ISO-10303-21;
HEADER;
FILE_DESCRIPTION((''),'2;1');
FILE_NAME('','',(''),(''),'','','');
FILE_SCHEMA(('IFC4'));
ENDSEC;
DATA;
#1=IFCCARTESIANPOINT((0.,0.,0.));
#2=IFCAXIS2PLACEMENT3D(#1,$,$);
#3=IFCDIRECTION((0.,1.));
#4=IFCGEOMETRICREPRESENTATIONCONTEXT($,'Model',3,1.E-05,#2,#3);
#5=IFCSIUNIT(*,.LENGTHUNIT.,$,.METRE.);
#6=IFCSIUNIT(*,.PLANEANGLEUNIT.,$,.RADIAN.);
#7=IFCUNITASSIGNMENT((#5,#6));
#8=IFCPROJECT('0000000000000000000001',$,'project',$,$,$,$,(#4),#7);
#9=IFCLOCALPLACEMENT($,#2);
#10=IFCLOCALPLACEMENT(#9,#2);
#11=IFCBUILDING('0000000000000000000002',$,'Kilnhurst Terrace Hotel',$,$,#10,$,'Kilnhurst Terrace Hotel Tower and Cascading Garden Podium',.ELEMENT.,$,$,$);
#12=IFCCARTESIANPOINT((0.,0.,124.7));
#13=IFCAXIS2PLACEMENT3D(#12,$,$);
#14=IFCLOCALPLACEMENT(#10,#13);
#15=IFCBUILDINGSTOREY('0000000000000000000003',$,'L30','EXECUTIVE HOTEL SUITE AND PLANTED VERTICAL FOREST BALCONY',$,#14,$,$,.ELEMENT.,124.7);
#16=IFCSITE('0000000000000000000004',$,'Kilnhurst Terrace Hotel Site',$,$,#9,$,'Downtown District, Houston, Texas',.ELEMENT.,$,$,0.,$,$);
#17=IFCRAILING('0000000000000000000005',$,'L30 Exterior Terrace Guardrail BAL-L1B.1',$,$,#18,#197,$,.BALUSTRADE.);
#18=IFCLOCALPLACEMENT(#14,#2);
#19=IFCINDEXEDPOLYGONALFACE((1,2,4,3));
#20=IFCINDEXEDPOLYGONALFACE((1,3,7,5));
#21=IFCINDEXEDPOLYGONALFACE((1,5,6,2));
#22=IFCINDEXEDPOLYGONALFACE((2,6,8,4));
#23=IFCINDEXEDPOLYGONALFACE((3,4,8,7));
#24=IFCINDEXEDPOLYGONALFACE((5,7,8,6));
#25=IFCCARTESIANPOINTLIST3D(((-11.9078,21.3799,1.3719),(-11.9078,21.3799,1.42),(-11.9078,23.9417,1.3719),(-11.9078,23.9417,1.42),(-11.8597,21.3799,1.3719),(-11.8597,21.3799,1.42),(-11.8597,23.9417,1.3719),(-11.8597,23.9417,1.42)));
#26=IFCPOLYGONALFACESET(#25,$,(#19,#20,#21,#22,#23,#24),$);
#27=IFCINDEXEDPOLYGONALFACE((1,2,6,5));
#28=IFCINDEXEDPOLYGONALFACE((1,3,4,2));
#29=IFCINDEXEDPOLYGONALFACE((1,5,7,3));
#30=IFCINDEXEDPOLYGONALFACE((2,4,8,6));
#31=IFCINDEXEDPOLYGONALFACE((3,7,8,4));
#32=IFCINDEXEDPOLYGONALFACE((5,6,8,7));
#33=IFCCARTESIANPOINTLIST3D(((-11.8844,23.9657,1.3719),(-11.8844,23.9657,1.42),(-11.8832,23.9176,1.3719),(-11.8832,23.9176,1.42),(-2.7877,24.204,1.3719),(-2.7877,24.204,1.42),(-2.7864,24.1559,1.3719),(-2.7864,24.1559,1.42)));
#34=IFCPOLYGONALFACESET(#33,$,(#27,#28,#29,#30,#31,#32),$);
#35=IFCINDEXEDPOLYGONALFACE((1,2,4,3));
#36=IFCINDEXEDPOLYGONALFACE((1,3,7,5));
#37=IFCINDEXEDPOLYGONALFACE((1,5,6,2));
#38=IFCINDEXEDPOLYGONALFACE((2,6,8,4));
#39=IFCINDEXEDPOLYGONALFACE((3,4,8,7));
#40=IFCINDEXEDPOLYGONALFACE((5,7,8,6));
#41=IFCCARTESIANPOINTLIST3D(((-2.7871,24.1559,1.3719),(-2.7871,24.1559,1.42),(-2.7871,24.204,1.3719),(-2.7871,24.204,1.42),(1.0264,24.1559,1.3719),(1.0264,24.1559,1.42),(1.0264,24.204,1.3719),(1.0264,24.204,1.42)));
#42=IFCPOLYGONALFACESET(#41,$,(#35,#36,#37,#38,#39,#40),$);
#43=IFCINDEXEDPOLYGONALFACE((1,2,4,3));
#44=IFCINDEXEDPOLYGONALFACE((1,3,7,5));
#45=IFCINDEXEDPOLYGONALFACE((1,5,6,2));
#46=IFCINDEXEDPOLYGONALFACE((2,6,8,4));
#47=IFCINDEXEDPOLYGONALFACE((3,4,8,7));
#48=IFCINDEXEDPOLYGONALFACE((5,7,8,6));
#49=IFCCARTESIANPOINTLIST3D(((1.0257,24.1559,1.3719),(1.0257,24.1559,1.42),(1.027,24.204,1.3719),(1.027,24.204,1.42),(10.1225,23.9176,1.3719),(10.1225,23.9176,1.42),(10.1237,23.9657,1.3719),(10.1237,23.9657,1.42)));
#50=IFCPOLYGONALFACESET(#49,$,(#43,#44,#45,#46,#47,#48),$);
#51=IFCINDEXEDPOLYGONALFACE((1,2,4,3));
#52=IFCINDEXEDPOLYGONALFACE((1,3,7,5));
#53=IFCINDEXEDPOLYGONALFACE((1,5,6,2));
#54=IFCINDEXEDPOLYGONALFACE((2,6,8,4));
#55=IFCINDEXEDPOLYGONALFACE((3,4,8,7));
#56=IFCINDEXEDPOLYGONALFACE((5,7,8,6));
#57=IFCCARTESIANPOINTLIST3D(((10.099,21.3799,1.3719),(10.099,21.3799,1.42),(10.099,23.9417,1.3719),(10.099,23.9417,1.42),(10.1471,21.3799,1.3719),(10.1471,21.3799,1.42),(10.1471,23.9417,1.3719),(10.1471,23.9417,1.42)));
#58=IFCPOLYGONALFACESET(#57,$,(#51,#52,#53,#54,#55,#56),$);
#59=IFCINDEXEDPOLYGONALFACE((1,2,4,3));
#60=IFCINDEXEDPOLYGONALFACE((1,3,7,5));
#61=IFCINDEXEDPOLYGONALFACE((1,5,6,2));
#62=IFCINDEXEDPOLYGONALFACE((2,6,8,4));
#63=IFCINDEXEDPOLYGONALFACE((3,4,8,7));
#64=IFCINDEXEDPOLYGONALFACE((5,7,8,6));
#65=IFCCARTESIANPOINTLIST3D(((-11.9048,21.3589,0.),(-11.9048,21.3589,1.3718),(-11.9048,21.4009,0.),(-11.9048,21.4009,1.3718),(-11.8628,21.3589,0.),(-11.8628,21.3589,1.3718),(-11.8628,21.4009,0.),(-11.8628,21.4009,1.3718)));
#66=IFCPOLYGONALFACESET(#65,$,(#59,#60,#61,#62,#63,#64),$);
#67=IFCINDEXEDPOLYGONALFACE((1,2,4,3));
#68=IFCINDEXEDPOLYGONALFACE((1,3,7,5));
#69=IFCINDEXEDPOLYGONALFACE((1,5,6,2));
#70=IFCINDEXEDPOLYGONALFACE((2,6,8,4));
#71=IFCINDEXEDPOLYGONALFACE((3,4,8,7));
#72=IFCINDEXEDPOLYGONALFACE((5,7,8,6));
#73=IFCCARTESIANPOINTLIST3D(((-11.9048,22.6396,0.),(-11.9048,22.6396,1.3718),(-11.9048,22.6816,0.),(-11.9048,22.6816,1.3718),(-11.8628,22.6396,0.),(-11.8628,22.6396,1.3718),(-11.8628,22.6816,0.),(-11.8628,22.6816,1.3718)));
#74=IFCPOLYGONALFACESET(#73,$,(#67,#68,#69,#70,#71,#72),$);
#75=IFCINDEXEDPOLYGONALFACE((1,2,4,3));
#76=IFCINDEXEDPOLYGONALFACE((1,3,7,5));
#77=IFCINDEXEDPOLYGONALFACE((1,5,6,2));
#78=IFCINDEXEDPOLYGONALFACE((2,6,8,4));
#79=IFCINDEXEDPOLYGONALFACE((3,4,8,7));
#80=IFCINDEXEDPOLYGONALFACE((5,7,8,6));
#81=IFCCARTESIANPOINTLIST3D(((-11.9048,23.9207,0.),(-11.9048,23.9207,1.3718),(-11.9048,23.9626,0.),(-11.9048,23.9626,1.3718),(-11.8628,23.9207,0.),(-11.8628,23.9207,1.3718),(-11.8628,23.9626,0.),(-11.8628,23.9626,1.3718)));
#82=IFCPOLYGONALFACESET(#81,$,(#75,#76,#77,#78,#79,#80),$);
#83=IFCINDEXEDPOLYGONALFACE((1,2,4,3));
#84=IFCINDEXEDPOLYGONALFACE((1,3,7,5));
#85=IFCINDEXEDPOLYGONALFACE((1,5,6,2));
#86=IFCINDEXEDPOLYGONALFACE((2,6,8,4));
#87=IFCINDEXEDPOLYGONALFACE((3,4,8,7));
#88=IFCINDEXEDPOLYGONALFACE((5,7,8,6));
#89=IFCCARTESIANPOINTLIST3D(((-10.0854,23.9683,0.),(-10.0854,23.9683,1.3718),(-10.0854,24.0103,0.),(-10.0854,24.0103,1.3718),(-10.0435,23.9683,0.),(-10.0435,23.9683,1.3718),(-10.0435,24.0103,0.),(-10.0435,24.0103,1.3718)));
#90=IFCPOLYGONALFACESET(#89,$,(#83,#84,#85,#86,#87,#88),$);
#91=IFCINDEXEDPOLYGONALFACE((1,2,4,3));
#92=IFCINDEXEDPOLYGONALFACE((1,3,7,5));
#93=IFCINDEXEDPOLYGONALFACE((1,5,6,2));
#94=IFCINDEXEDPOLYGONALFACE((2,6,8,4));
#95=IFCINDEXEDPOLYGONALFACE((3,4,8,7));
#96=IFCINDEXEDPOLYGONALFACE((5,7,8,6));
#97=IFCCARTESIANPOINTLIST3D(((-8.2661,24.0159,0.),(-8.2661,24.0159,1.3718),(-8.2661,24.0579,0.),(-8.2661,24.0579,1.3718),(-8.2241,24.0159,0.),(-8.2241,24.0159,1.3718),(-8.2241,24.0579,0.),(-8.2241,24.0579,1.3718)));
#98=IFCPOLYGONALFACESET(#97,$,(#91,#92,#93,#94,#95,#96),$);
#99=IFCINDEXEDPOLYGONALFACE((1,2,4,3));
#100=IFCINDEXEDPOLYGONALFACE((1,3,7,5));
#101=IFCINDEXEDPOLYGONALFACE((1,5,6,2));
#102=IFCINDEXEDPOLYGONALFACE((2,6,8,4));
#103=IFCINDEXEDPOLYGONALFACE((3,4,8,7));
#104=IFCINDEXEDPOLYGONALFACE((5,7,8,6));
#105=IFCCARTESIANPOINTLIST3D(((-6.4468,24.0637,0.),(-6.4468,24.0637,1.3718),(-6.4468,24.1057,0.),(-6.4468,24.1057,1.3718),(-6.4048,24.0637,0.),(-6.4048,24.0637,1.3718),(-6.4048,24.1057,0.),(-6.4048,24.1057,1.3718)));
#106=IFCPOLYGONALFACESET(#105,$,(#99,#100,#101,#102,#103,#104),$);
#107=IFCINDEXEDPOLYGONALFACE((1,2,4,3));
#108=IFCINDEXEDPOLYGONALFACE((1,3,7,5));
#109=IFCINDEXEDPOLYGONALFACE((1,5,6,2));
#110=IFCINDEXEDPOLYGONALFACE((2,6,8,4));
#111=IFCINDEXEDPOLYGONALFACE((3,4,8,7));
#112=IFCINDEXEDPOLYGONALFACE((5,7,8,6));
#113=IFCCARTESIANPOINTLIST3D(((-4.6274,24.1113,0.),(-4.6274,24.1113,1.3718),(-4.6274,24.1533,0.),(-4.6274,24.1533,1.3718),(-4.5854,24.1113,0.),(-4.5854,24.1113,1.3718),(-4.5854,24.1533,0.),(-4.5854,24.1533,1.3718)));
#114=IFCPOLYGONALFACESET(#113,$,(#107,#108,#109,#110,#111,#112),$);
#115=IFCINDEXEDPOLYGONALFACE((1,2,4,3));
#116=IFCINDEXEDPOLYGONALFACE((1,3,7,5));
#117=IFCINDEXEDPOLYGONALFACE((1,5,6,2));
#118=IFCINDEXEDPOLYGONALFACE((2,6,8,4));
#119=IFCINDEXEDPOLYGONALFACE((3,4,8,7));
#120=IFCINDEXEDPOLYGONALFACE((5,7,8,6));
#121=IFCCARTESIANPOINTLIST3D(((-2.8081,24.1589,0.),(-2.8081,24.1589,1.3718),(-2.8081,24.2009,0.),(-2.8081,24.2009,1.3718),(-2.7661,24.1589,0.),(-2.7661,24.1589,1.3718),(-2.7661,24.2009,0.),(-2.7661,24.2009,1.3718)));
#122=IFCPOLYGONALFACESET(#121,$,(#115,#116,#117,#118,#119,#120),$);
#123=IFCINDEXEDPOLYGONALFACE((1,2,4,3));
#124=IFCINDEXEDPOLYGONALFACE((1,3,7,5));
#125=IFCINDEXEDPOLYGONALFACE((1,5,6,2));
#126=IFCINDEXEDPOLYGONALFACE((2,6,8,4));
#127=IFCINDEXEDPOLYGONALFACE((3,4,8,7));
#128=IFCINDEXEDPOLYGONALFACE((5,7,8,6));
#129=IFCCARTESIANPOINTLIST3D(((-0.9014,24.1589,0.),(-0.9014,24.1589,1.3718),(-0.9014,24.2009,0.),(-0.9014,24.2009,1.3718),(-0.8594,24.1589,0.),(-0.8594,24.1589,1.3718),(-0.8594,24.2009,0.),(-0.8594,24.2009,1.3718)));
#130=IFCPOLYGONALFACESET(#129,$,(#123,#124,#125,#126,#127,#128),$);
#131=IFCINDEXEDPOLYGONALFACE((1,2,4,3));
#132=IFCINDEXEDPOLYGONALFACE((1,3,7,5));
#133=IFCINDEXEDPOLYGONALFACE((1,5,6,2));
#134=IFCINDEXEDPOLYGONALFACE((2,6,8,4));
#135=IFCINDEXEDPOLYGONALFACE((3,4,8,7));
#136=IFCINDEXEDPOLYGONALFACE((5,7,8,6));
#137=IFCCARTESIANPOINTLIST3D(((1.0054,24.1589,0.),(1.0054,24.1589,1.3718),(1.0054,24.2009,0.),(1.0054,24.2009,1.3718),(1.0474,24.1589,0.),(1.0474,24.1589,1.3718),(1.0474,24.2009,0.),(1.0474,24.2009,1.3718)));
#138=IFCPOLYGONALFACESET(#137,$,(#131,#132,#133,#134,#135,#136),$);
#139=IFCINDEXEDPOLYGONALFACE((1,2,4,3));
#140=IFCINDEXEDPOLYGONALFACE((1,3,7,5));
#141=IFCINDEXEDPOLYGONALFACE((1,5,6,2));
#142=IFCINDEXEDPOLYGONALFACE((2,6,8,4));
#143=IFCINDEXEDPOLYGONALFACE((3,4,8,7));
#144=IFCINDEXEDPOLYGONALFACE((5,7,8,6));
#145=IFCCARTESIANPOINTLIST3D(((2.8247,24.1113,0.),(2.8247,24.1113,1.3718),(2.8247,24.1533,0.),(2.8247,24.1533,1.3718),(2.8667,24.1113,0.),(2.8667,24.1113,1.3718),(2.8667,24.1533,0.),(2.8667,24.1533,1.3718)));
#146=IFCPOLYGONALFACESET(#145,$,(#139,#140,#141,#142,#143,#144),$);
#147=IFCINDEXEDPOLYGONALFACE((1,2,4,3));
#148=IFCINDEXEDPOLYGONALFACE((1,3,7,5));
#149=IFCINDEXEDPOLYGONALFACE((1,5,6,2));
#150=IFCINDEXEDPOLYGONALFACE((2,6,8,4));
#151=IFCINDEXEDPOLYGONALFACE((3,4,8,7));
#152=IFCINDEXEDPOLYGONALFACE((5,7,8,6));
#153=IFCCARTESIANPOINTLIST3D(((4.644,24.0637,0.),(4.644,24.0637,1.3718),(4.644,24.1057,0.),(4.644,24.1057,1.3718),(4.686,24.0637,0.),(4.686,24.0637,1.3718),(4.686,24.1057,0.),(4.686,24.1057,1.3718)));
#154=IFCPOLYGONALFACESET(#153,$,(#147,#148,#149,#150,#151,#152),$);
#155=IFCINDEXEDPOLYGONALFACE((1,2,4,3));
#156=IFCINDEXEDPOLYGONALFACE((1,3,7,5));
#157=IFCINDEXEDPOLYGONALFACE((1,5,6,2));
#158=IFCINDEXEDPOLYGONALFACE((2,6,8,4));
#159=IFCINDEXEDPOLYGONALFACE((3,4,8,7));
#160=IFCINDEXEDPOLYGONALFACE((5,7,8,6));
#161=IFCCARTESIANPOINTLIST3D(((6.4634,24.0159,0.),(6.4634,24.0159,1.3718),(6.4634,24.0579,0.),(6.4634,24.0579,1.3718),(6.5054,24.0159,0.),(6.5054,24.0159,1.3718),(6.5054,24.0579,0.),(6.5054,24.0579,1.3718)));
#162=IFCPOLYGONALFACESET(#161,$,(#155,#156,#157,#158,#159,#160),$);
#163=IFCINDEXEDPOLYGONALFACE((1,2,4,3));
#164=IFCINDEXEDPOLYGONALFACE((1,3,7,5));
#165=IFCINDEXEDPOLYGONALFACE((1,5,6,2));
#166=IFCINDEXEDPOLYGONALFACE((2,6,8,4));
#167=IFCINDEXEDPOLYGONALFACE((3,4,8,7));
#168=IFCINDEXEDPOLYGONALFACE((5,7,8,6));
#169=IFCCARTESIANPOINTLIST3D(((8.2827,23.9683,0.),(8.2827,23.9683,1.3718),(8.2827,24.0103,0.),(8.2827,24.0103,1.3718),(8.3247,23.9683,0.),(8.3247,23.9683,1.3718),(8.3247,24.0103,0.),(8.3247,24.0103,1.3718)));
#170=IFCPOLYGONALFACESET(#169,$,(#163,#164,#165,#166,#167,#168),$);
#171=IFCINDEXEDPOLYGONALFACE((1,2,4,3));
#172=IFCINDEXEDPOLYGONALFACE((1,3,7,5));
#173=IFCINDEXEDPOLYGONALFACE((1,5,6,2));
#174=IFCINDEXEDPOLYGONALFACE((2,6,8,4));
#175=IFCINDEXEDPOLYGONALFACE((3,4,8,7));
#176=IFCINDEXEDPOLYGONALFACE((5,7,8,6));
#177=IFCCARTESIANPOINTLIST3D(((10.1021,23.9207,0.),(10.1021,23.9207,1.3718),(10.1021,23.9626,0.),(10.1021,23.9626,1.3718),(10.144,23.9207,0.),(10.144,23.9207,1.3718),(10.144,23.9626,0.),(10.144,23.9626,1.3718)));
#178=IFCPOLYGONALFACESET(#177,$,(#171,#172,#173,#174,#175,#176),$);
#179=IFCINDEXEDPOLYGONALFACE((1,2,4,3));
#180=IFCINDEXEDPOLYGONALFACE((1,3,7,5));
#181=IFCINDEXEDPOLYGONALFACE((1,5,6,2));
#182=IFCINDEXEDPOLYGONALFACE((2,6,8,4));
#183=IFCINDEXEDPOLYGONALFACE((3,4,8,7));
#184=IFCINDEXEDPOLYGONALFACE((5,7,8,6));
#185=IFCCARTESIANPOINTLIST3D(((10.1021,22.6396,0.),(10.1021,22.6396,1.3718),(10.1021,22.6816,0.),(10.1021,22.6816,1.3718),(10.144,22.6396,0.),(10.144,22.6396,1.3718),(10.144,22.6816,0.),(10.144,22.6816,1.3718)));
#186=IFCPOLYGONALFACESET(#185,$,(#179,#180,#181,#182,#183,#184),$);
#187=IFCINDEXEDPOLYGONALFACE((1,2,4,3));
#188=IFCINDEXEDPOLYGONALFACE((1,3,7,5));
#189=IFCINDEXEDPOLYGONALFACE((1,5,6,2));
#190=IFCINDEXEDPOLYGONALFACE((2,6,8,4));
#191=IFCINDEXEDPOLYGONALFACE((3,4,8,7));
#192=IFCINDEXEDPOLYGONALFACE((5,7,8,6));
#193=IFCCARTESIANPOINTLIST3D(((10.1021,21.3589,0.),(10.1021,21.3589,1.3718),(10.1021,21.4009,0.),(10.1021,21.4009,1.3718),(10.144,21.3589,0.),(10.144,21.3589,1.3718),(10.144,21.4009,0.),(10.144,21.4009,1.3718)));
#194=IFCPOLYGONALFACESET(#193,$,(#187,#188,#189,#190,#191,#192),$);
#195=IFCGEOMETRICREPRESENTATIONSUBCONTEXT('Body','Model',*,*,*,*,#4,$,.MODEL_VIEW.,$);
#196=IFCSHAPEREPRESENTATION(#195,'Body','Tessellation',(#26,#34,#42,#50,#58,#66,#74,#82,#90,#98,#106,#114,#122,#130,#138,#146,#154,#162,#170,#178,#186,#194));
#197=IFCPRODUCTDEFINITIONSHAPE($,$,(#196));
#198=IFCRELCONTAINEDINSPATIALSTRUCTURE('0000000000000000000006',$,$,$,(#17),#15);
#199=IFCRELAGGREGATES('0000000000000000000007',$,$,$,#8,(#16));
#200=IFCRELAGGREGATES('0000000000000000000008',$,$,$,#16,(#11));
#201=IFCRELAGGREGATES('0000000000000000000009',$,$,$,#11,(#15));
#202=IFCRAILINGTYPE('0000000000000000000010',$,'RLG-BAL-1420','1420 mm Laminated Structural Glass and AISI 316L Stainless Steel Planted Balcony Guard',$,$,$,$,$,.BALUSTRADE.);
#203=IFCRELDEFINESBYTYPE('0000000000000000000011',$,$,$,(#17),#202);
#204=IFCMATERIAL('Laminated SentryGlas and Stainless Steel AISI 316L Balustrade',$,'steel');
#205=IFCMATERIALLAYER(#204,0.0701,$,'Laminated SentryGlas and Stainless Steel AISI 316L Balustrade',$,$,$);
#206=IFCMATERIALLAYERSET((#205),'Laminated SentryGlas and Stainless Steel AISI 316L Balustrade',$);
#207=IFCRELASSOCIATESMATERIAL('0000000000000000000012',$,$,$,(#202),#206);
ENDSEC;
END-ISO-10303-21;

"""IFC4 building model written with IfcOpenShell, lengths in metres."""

from ifc_helpers import new_model, si_unit, direction, frame, origin, origin_2d, place, context, subcontext, project, spatial, rectangle, extrude, material, layer, layer_set, type_object, element, save


model = new_model("IFC4")

# Units and contexts
model_context = context("Model", 3, precision=1e-05, world=origin(), true_north=direction((0.0, 1.0)))
body_context = subcontext(model_context, "Body", "Model", "MODEL_VIEW")
ifc_project = project(units=[si_unit("LENGTHUNIT", "METRE"), si_unit("PLANEANGLEUNIT", "RADIAN")], contexts=[model_context])

# Site, building, storey
site_placement = place(None, origin())
site = spatial("IfcSite", under=ifc_project, at=site_placement, Name="Kilnhurst Terrace Hotel Site", LongName="Downtown District, Houston, Texas", CompositionType="ELEMENT", RefElevation=0.0)
building_placement = place(site_placement, origin())
building = spatial("IfcBuilding", under=site, at=building_placement, Name="Kilnhurst Terrace Hotel", LongName="Kilnhurst Terrace Hotel Tower and Cascading Garden Podium", CompositionType="ELEMENT")
storey_placement = place(building_placement, frame((0.0, 0.0, 124.7)))
storey = spatial("IfcBuildingStorey", under=building, at=storey_placement, Name="L30", Description="EXECUTIVE HOTEL SUITE AND PLANTED VERTICAL FOREST BALCONY", CompositionType="ELEMENT", Elevation=124.7)

# Railing
ifc_material_1 = material(Name="Laminated SentryGlas and Stainless Steel AISI 316L Balustrade", Category="steel")
ifc_layer_1 = layer(ifc_material_1, 0.0701, Name="Laminated SentryGlas and Stainless Steel AISI 316L Balustrade")
ifc_layer_set_1 = layer_set([ifc_layer_1], Name="Laminated SentryGlas and Stainless Steel AISI 316L Balustrade")
railing_type = type_object("IfcRailingType", Name="RLG-BAL-1420", Description="1420 mm Laminated Structural Glass and AISI 316L Stainless Steel Planted Balcony Guard", PredefinedType="BALUSTRADE", material=ifc_layer_set_1)
railing_placement = place(storey_placement, frame((-11.8838, 21.3799, 0.0)))
element("IfcRailing", 1, at=railing_placement, inside=storey, type_object=railing_type, Name="L30 Exterior Terrace Guardrail BAL-L1B.1", PredefinedType="BALUSTRADE", context=body_context, shape_type="SweptSolid", body=[
    extrude(rectangle(XDim=0.0481, YDim=0.0481, at=origin_2d()), frame((0.0, 0.0, 1.396), z_axis=(0.0, 1.0, 0.0), x_axis=(-1.0, 0.0, 0.0)), (0.0, 0.0, 1.0), 2.5618),
    extrude(rectangle(XDim=0.0481, YDim=0.0481, at=origin_2d()), frame((0.0, 2.5618, 1.396), z_axis=(0.999657, 0.026185, 0.0), x_axis=(-0.026185, 0.999657, 0.0)), (0.0, 0.0, 1.0), 9.0999),
    extrude(rectangle(XDim=0.0481, YDim=0.0481, at=origin_2d()), frame((9.0967, 2.8, 1.396), z_axis=(1.0, 0.0, 0.0), x_axis=(0.0, 1.0, 0.0)), (0.0, 0.0, 1.0), 3.8135),
    extrude(rectangle(XDim=0.0481, YDim=0.0481, at=origin_2d()), frame((12.9102, 2.8, 1.396), z_axis=(0.999657, -0.026185, 0.0), x_axis=(0.026185, 0.999657, 0.0)), (0.0, 0.0, 1.0), 9.0999),
    extrude(rectangle(XDim=0.0481, YDim=0.0481, at=origin_2d()), frame((22.0068, 2.5618, 1.396), z_axis=(0.0, -1.0, 0.0), x_axis=(1.0, 0.0, 0.0)), (0.0, 0.0, 1.0), 2.5618),
    extrude(rectangle(XDim=0.042, YDim=0.042, at=origin_2d()), origin(), (0.0, 0.0, 1.0), 1.3718),
    extrude(rectangle(XDim=0.042, YDim=0.042, at=origin_2d()), frame((0.0, 1.2808, 0.0)), (0.0, 0.0, 1.0), 1.3718),
    extrude(rectangle(XDim=0.042, YDim=0.042, at=origin_2d()), frame((0.0, 2.5618, 0.0)), (0.0, 0.0, 1.0), 1.3718),
    extrude(rectangle(XDim=0.042, YDim=0.042, at=origin_2d()), frame((1.8193, 2.6094, 0.0)), (0.0, 0.0, 1.0), 1.3718),
    extrude(rectangle(XDim=0.042, YDim=0.042, at=origin_2d()), frame((3.6387, 2.657, 0.0)), (0.0, 0.0, 1.0), 1.3718),
    extrude(rectangle(XDim=0.042, YDim=0.042, at=origin_2d()), frame((5.458, 2.7048, 0.0)), (0.0, 0.0, 1.0), 1.3718),
    extrude(rectangle(XDim=0.042, YDim=0.042, at=origin_2d()), frame((7.2773, 2.7524, 0.0)), (0.0, 0.0, 1.0), 1.3718),
    extrude(rectangle(XDim=0.042, YDim=0.042, at=origin_2d()), frame((9.0967, 2.8, 0.0)), (0.0, 0.0, 1.0), 1.3718),
    extrude(rectangle(XDim=0.042, YDim=0.042, at=origin_2d()), frame((11.0034, 2.8, 0.0)), (0.0, 0.0, 1.0), 1.3718),
    extrude(rectangle(XDim=0.042, YDim=0.042, at=origin_2d()), frame((12.9102, 2.8, 0.0)), (0.0, 0.0, 1.0), 1.3718),
    extrude(rectangle(XDim=0.042, YDim=0.042, at=origin_2d()), frame((14.7295, 2.7524, 0.0)), (0.0, 0.0, 1.0), 1.3718),
    extrude(rectangle(XDim=0.042, YDim=0.042, at=origin_2d()), frame((16.5488, 2.7048, 0.0)), (0.0, 0.0, 1.0), 1.3718),
    extrude(rectangle(XDim=0.042, YDim=0.042, at=origin_2d()), frame((18.3682, 2.657, 0.0)), (0.0, 0.0, 1.0), 1.3718),
    extrude(rectangle(XDim=0.042, YDim=0.042, at=origin_2d()), frame((20.1875, 2.6094, 0.0)), (0.0, 0.0, 1.0), 1.3718),
    extrude(rectangle(XDim=0.042, YDim=0.042, at=origin_2d()), frame((22.0068, 2.5618, 0.0)), (0.0, 0.0, 1.0), 1.3718),
    extrude(rectangle(XDim=0.042, YDim=0.042, at=origin_2d()), frame((22.0068, 1.2808, 0.0)), (0.0, 0.0, 1.0), 1.3718),
    extrude(rectangle(XDim=0.042, YDim=0.042, at=origin_2d()), frame((22.0068, 0.0, 0.0)), (0.0, 0.0, 1.0), 1.3718),
])

save(model, "model.ifc")
